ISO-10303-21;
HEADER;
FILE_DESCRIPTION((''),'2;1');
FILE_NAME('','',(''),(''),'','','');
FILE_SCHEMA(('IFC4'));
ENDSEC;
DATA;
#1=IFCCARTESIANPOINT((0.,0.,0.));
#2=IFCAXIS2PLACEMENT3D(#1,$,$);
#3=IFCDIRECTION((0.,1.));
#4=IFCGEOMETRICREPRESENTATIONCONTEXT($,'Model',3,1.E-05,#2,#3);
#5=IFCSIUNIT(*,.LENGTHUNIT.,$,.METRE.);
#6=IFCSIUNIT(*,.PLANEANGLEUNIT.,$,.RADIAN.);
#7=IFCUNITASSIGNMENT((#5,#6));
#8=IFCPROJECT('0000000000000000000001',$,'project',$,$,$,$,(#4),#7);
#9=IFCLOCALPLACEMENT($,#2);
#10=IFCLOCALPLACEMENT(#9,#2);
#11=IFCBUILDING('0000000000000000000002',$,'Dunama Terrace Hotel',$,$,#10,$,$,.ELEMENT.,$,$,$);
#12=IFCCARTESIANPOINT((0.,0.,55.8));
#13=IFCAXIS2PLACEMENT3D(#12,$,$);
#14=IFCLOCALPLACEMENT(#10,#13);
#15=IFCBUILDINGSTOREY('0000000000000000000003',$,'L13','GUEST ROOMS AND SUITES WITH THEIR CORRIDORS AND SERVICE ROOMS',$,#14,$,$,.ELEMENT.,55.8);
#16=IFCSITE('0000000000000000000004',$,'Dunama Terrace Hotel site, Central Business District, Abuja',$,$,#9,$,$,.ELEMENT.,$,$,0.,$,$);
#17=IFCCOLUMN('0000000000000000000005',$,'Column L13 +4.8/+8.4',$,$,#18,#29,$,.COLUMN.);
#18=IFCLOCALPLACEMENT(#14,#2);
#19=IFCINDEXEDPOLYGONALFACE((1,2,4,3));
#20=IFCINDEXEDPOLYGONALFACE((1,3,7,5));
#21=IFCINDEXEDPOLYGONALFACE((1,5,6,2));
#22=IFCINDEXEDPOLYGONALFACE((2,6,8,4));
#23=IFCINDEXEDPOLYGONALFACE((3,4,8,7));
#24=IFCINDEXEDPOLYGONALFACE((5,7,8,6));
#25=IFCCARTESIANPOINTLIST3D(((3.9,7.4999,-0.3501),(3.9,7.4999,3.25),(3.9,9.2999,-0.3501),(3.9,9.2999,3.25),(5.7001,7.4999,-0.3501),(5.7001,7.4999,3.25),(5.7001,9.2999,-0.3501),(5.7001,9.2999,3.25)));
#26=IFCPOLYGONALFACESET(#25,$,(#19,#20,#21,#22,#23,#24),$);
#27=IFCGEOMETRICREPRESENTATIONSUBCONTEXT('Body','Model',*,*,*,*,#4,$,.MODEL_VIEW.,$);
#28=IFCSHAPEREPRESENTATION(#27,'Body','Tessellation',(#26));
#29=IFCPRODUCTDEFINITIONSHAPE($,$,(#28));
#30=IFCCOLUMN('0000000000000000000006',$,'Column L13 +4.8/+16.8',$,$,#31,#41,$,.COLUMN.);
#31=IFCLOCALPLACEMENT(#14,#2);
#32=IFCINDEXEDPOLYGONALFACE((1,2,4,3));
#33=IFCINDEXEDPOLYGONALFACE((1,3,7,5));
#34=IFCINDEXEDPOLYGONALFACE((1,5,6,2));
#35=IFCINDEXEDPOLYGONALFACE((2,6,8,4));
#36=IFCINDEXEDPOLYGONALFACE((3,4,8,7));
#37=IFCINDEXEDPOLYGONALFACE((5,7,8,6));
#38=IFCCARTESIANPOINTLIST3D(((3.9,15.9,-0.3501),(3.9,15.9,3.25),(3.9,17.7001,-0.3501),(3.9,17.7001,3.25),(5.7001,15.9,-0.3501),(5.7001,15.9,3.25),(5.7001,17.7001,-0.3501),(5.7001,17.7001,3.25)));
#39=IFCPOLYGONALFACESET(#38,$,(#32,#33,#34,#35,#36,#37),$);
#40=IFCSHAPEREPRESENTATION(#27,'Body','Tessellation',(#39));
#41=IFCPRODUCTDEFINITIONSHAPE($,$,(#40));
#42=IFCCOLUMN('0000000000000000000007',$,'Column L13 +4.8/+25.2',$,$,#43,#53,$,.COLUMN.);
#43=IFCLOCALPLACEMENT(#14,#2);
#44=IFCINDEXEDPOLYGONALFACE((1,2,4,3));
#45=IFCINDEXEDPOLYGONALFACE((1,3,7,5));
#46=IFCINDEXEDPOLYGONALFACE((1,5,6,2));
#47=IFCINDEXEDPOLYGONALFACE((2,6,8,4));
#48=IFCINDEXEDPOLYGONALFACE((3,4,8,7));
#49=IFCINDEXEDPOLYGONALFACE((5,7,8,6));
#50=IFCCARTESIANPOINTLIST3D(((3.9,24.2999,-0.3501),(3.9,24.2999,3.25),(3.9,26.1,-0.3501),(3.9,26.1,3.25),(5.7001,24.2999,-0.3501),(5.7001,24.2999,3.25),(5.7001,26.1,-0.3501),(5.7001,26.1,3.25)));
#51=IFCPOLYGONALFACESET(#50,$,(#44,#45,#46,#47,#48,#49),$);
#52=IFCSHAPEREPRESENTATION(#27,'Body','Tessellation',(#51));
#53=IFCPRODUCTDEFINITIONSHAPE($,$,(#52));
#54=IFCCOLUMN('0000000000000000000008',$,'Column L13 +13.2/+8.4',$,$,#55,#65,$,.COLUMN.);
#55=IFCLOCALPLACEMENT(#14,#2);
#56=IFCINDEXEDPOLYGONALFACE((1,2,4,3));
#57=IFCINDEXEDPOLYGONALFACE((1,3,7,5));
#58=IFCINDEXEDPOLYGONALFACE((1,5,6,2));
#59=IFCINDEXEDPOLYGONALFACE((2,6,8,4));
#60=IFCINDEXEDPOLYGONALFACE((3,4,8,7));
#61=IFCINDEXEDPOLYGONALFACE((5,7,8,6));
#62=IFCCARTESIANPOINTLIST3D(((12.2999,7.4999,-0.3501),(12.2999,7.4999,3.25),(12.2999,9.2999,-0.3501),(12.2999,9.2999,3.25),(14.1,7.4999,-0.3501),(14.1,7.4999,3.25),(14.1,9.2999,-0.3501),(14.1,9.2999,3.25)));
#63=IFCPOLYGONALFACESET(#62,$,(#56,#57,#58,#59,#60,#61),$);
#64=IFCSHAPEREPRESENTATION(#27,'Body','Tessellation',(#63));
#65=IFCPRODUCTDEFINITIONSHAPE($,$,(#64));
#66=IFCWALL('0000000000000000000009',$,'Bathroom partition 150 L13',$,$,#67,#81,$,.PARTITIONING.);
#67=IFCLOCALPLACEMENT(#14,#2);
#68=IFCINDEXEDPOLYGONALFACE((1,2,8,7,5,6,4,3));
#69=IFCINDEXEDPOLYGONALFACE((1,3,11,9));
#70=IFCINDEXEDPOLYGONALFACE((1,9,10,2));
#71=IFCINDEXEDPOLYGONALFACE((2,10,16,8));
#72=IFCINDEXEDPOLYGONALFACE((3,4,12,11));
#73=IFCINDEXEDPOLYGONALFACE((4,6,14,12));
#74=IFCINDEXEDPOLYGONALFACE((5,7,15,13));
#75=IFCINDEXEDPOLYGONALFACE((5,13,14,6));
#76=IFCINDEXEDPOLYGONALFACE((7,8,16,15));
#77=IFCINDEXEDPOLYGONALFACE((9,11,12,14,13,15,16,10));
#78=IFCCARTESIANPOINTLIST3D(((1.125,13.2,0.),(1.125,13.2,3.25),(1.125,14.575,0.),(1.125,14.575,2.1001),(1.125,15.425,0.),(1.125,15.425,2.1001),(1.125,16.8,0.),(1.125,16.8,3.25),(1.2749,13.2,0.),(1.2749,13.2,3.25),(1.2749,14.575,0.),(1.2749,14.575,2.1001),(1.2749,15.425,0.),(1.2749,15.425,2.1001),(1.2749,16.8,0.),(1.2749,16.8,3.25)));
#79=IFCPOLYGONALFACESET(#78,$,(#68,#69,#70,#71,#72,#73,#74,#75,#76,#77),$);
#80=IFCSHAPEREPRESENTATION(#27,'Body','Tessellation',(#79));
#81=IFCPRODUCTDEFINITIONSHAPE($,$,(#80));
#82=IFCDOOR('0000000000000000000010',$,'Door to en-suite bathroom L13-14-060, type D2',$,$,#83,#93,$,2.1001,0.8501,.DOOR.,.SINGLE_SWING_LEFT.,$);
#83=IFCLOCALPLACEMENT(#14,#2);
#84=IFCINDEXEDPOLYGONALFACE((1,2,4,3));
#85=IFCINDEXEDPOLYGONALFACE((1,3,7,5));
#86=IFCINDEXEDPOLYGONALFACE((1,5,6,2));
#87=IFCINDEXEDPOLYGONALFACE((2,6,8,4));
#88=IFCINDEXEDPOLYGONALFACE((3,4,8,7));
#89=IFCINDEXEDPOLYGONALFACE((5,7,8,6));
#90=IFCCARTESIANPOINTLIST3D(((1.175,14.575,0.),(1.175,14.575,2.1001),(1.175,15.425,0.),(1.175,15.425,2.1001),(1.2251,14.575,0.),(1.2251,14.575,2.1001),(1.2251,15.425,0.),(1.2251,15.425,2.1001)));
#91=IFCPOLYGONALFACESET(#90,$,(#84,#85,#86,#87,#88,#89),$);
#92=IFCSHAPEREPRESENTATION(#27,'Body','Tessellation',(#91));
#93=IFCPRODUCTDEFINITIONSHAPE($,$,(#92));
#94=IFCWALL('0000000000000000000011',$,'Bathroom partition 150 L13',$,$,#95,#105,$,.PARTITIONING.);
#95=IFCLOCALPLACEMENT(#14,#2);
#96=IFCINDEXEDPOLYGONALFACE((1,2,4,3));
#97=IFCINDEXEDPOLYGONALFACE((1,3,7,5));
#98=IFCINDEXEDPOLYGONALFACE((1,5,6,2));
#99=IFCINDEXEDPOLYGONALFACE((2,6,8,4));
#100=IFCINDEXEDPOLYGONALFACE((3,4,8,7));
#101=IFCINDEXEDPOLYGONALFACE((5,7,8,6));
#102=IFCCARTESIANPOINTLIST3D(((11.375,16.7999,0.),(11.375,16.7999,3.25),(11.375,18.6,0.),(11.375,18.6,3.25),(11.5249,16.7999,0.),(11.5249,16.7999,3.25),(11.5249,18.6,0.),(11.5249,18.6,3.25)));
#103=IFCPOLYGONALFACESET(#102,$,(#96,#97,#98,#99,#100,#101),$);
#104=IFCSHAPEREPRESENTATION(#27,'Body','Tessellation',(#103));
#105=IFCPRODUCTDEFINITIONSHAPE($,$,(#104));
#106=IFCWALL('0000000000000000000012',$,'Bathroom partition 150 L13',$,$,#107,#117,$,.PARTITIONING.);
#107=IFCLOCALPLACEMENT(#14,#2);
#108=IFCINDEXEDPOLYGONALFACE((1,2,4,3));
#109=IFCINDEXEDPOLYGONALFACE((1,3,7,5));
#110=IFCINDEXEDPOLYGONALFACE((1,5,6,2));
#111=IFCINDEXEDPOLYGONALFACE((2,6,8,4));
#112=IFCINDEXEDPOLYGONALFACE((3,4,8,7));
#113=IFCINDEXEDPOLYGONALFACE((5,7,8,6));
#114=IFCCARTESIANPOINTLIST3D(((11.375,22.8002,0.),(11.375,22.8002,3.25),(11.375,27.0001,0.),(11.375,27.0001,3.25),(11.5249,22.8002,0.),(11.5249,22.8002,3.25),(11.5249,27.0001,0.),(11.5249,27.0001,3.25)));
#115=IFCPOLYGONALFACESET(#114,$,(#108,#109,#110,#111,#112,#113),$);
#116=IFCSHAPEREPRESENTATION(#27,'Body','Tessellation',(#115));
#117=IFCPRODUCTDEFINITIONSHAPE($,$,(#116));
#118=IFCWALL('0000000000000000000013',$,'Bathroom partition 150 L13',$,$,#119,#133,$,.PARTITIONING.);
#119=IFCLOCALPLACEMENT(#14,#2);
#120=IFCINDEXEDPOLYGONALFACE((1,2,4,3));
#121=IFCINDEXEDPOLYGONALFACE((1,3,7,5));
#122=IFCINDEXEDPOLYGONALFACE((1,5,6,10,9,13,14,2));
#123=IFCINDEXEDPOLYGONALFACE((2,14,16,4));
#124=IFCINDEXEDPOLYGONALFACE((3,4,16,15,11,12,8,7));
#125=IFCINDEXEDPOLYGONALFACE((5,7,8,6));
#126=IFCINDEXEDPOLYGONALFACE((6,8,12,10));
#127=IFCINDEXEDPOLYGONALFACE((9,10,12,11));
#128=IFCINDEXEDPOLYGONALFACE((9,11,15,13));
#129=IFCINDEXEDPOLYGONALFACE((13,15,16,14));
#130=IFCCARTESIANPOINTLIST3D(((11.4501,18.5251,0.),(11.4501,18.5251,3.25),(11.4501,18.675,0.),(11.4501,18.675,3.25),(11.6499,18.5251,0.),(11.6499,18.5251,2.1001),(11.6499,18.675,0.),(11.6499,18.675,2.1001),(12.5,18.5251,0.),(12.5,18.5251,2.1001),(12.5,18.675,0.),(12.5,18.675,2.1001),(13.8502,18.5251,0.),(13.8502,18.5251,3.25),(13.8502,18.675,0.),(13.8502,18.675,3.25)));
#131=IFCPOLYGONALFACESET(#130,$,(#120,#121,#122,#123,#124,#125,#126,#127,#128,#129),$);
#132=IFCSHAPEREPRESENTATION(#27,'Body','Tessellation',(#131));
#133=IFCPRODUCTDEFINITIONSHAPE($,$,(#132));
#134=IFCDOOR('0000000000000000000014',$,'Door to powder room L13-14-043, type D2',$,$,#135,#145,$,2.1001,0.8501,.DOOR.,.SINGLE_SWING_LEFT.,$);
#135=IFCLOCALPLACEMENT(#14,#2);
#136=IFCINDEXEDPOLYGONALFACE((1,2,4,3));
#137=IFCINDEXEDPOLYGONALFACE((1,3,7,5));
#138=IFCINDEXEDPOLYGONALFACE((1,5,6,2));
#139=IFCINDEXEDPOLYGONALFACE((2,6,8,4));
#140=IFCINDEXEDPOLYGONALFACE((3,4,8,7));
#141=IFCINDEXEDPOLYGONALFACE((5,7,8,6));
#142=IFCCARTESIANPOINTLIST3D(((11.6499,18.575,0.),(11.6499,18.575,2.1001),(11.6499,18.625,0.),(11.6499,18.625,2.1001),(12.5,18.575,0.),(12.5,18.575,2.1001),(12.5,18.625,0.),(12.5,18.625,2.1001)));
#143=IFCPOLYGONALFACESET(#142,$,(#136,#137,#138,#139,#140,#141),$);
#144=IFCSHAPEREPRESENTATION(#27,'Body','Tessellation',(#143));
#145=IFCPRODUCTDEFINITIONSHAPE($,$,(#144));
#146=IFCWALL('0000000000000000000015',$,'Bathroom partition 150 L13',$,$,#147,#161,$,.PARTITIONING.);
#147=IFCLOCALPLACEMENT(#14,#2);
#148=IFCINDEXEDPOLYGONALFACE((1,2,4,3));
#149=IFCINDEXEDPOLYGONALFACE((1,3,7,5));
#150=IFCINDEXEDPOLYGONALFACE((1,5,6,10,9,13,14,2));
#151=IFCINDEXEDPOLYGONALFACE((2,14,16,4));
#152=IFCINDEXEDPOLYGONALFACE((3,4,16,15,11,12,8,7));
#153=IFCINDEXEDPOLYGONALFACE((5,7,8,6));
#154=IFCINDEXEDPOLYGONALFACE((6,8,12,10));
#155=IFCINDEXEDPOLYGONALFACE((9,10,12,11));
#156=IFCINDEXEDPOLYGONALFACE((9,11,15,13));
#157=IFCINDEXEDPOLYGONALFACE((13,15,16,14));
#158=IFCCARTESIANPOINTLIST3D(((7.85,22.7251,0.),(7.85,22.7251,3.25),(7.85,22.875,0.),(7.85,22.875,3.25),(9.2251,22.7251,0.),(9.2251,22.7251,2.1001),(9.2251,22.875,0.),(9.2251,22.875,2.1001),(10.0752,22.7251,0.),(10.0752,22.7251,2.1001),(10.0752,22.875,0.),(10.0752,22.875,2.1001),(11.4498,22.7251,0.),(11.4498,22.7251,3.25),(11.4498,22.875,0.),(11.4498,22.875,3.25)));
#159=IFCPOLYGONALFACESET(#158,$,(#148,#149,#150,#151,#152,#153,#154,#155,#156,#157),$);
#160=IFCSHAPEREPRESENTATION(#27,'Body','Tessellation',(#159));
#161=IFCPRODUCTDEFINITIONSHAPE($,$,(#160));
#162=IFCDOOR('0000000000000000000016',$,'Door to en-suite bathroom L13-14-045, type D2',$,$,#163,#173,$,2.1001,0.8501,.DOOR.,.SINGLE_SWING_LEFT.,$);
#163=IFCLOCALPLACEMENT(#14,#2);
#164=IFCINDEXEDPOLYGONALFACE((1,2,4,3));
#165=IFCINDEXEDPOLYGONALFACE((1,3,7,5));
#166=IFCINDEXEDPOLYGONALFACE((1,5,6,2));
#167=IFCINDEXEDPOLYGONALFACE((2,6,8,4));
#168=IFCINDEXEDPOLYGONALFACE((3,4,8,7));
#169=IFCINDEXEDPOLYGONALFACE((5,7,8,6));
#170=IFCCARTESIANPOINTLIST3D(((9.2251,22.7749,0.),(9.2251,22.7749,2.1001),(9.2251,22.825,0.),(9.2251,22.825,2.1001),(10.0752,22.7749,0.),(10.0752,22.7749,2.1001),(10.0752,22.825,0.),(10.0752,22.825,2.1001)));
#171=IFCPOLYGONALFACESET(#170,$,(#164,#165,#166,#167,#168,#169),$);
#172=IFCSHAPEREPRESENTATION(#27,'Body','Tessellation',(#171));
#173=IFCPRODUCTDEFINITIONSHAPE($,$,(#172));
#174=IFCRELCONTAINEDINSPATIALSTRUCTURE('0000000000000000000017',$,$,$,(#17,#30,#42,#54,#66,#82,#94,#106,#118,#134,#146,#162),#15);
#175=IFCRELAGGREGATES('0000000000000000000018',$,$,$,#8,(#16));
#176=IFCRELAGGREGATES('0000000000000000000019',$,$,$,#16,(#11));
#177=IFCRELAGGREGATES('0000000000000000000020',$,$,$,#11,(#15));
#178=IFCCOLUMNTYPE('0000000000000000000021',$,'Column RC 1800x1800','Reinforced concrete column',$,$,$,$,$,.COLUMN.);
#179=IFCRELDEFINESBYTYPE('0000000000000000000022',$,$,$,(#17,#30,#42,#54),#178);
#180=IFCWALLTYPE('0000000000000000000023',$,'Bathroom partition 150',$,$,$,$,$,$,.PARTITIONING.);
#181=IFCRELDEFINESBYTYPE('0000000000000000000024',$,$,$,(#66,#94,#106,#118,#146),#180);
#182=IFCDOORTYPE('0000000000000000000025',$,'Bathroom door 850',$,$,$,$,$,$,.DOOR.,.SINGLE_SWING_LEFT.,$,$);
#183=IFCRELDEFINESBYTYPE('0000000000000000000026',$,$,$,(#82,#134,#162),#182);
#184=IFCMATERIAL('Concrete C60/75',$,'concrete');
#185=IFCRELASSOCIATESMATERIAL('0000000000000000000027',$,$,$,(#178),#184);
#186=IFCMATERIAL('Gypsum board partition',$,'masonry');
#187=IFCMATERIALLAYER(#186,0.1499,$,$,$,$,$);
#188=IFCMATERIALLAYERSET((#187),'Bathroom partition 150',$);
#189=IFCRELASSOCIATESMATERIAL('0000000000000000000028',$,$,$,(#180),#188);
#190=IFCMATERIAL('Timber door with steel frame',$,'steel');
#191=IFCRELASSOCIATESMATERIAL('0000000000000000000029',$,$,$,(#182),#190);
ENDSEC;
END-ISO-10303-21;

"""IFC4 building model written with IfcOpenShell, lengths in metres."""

from ifc_helpers import new_model, si_unit, direction, frame, frame_2d, origin, origin_2d, place, context, subcontext, project, spatial, rectangle, extrude, material, layer, layer_set, material_profile, profile_set, type_object, element, fill, save


model = new_model("IFC4")

# Units and contexts
model_context = context("Model", 3, precision=1e-05, world=origin(), true_north=direction((0.0, 1.0)))
body_context = subcontext(model_context, "Body", "Model", "MODEL_VIEW")
ifc_project = project(units=[si_unit("LENGTHUNIT", "METRE"), si_unit("PLANEANGLEUNIT", "RADIAN")], contexts=[model_context])

# Site, building, storey
site_placement = place(None, origin())
site = spatial("IfcSite", under=ifc_project, at=site_placement, Name="Dunama Terrace Hotel site, Central Business District, Abuja", CompositionType="ELEMENT", RefElevation=0.0)
building_placement = place(site_placement, origin())
building = spatial("IfcBuilding", under=site, at=building_placement, Name="Dunama Terrace Hotel", CompositionType="ELEMENT")
storey_placement = place(building_placement, frame((0.0, 0.0, 55.8)))
storey = spatial("IfcBuildingStorey", under=building, at=storey_placement, Name="L13", Description="GUEST ROOMS AND SUITES WITH THEIR CORRIDORS AND SERVICE ROOMS", CompositionType="ELEMENT", Elevation=55.8)

# Columns
ifc_material_1 = material(Name="Concrete C60/75", Category="concrete")
ifc_material_profile = material_profile(ifc_material_1, rectangle(XDim=1.8, YDim=1.8, at=origin_2d()), Name="RC 1800x1800")
ifc_profile_set = profile_set([ifc_material_profile], Name="Concrete C60/75")
column_type = type_object("IfcColumnType", Name="Column RC 1800x1800", Description="Reinforced concrete column", PredefinedType="COLUMN", material=ifc_profile_set)
for number, where, z_axis, x_axis, name in (
    (1, (4.8, 8.3999, -0.3501), (0.0, 0.0, 1.0), (1.0, 0.0, 0.0), "Column L13 +4.8/+8.4"),
    (2, (4.8, 16.8, -0.3501), (0.0, 0.0, 1.0), (1.0, 0.0, 0.0), "Column L13 +4.8/+16.8"),
    (3, (4.8, 25.2, -0.3501), (0.0, 0.0, 1.0), (1.0, 0.0, 0.0), "Column L13 +4.8/+25.2"),
    (4, (13.2, 8.3999, -0.3501), (0.0, 0.0, 1.0), (1.0, 0.0, 0.0), "Column L13 +13.2/+8.4"),
):
    element("IfcColumn", number, at=place(storey_placement, frame(where, z_axis=z_axis, x_axis=x_axis)), inside=storey, type_object=column_type, Name=name, PredefinedType="COLUMN", context=body_context, shape_type="SweptSolid", body=[
        extrude(rectangle(XDim=1.8, YDim=1.8, at=origin_2d()), origin(), (0.0, 0.0, 1.0), 3.6001),
    ])

# Wall, opening, door
ifc_material_2 = material(Name="Gypsum board partition", Category="masonry")
ifc_layer_1 = layer(ifc_material_2, 0.1499)
ifc_layer_set_1 = layer_set([ifc_layer_1], Name="Bathroom partition 150")
wall_type_1 = type_object("IfcWallType", Name="Bathroom partition 150", PredefinedType="PARTITIONING", material=ifc_layer_set_1)
wall_1_placement = place(storey_placement, frame((1.2, 13.2, 0.0), z_axis=(0.0, 0.0, 1.0), x_axis=(0.0, 1.0, 0.0)))
wall_1 = element("IfcWall", 5, at=wall_1_placement, inside=storey, type_object=wall_type_1, Name="Bathroom partition 150 L13", PredefinedType="PARTITIONING", context=body_context, shape_type="SweptSolid", body=[
    extrude(rectangle(XDim=3.6001, YDim=0.1499, at=frame_2d((1.8, 0.0))), origin(), (0.0, 0.0, 1.0), 3.25),
])
opening_1_placement = place(wall_1_placement, frame((1.375, 0.0, 0.0)))
opening_1 = element("IfcOpeningElement", 6, at=opening_1_placement, cuts=wall_1, PredefinedType="OPENING", context=body_context, shape_type="SweptSolid", body=[
    extrude(rectangle(XDim=0.8501, YDim=2.1001, at=frame_2d((0.425, 1.05))), frame((0.0, 0.085, 0.0), z_axis=(0.0, -1.0, 0.0), x_axis=(1.0, 0.0, 0.0)), (0.0, 0.0, 1.0), 0.1699),
])
ifc_material_3 = material(Name="Timber door with steel frame", Category="steel")
door_type_1 = type_object("IfcDoorType", Name="Bathroom door 850", OperationType="SINGLE_SWING_LEFT", PredefinedType="DOOR", material=ifc_material_3)
door_1_placement = place(opening_1_placement, frame((0.8501, 0.0, 0.0), z_axis=(0.0, 0.0, 1.0), x_axis=(-1.0, 0.0, 0.0)))
door_1 = element("IfcDoor", 7, at=door_1_placement, inside=storey, type_object=door_type_1, Name="Door to en-suite bathroom L13-14-060, type D2", OperationType="SINGLE_SWING_LEFT", OverallHeight=2.1001, OverallWidth=0.8501, PredefinedType="DOOR", context=body_context, shape_type="SweptSolid", body=[
    extrude(rectangle(XDim=0.8501, YDim=2.1001, at=frame_2d((0.425, 1.05))), frame((0.0, 0.0251, 0.0), z_axis=(0.0, -1.0, 0.0), x_axis=(1.0, 0.0, 0.0)), (0.0, 0.0, 1.0), 0.05),
])
fill(opening_1, door_1)

# Walls
wall_2_placement = place(storey_placement, frame((11.45, 16.8, 0.0), z_axis=(0.0, 0.0, 1.0), x_axis=(0.0, 1.0, 0.0)))
element("IfcWall", 8, at=wall_2_placement, inside=storey, type_object=wall_type_1, Name="Bathroom partition 150 L13", PredefinedType="PARTITIONING", context=body_context, shape_type="SweptSolid", body=[
    extrude(rectangle(XDim=1.8, YDim=0.1499, at=frame_2d((0.8999, 0.0))), origin(), (0.0, 0.0, 1.0), 3.25),
])
wall_3_placement = place(storey_placement, frame((11.45, 22.8, 0.0), z_axis=(0.0, 0.0, 1.0), x_axis=(0.0, 1.0, 0.0)))
element("IfcWall", 9, at=wall_3_placement, inside=storey, type_object=wall_type_1, Name="Bathroom partition 150 L13", PredefinedType="PARTITIONING", context=body_context, shape_type="SweptSolid", body=[
    extrude(rectangle(XDim=4.2, YDim=0.1499, at=frame_2d((2.1001, 0.0))), origin(), (0.0, 0.0, 1.0), 3.25),
])

# Walls, openings, doors
wall_4_placement = place(storey_placement, frame((11.45, 18.6001, 0.0), z_axis=(0.0, 0.0, 1.0), x_axis=(1.0, 0.0, 0.0)))
wall_4 = element("IfcWall", 10, at=wall_4_placement, inside=storey, type_object=wall_type_1, Name="Bathroom partition 150 L13", PredefinedType="PARTITIONING", context=body_context, shape_type="SweptSolid", body=[
    extrude(rectangle(XDim=2.4001, YDim=0.1499, at=frame_2d((1.2002, 0.0))), origin(), (0.0, 0.0, 1.0), 3.25),
])
opening_2_placement = place(wall_4_placement, frame((0.2, 0.0, 0.0)))
opening_2 = element("IfcOpeningElement", 11, at=opening_2_placement, cuts=wall_4, PredefinedType="OPENING", context=body_context, shape_type="SweptSolid", body=[
    extrude(rectangle(XDim=0.8501, YDim=2.1001, at=frame_2d((0.425, 1.05))), frame((0.0, 0.085, 0.0), z_axis=(0.0, -1.0, 0.0), x_axis=(1.0, 0.0, 0.0)), (0.0, 0.0, 1.0), 0.1699),
])
door_2_placement = place(opening_2_placement, frame((0.8501, 0.0, 0.0), z_axis=(0.0, 0.0, 1.0), x_axis=(-1.0, 0.0, 0.0)))
door_2 = element("IfcDoor", 12, at=door_2_placement, inside=storey, type_object=door_type_1, Name="Door to powder room L13-14-043, type D2", OperationType="SINGLE_SWING_LEFT", OverallHeight=2.1001, OverallWidth=0.8501, PredefinedType="DOOR", context=body_context, shape_type="SweptSolid", body=[
    extrude(rectangle(XDim=0.8501, YDim=2.1001, at=frame_2d((0.425, 1.05))), frame((0.0, 0.0251, 0.0), z_axis=(0.0, -1.0, 0.0), x_axis=(1.0, 0.0, 0.0)), (0.0, 0.0, 1.0), 0.05),
])
fill(opening_2, door_2)
wall_5_placement = place(storey_placement, frame((7.8501, 22.8, 0.0), z_axis=(0.0, 0.0, 1.0), x_axis=(1.0, 0.0, 0.0)))
wall_5 = element("IfcWall", 13, at=wall_5_placement, inside=storey, type_object=wall_type_1, Name="Bathroom partition 150 L13", PredefinedType="PARTITIONING", context=body_context, shape_type="SweptSolid", body=[
    extrude(rectangle(XDim=3.5999, YDim=0.1499, at=frame_2d((1.7998, 0.0))), origin(), (0.0, 0.0, 1.0), 3.25),
])
opening_3_placement = place(wall_5_placement, frame((1.375, 0.0, 0.0)))
opening_3 = element("IfcOpeningElement", 14, at=opening_3_placement, cuts=wall_5, PredefinedType="OPENING", context=body_context, shape_type="SweptSolid", body=[
    extrude(rectangle(XDim=0.8501, YDim=2.1001, at=frame_2d((0.425, 1.05))), frame((0.0, 0.085, 0.0), z_axis=(0.0, -1.0, 0.0), x_axis=(1.0, 0.0, 0.0)), (0.0, 0.0, 1.0), 0.1699),
])
door_3_placement = place(opening_3_placement, origin())
door_3 = element("IfcDoor", 15, at=door_3_placement, inside=storey, type_object=door_type_1, Name="Door to en-suite bathroom L13-14-045, type D2", OperationType="SINGLE_SWING_LEFT", OverallHeight=2.1001, OverallWidth=0.8501, PredefinedType="DOOR", context=body_context, shape_type="SweptSolid", body=[
    extrude(rectangle(XDim=0.8501, YDim=2.1001, at=frame_2d((0.425, 1.05))), frame((0.0, 0.0249, 0.0), z_axis=(0.0, -1.0, 0.0), x_axis=(1.0, 0.0, 0.0)), (0.0, 0.0, 1.0), 0.05),
])
fill(opening_3, door_3)

save(model, "model.ifc")
